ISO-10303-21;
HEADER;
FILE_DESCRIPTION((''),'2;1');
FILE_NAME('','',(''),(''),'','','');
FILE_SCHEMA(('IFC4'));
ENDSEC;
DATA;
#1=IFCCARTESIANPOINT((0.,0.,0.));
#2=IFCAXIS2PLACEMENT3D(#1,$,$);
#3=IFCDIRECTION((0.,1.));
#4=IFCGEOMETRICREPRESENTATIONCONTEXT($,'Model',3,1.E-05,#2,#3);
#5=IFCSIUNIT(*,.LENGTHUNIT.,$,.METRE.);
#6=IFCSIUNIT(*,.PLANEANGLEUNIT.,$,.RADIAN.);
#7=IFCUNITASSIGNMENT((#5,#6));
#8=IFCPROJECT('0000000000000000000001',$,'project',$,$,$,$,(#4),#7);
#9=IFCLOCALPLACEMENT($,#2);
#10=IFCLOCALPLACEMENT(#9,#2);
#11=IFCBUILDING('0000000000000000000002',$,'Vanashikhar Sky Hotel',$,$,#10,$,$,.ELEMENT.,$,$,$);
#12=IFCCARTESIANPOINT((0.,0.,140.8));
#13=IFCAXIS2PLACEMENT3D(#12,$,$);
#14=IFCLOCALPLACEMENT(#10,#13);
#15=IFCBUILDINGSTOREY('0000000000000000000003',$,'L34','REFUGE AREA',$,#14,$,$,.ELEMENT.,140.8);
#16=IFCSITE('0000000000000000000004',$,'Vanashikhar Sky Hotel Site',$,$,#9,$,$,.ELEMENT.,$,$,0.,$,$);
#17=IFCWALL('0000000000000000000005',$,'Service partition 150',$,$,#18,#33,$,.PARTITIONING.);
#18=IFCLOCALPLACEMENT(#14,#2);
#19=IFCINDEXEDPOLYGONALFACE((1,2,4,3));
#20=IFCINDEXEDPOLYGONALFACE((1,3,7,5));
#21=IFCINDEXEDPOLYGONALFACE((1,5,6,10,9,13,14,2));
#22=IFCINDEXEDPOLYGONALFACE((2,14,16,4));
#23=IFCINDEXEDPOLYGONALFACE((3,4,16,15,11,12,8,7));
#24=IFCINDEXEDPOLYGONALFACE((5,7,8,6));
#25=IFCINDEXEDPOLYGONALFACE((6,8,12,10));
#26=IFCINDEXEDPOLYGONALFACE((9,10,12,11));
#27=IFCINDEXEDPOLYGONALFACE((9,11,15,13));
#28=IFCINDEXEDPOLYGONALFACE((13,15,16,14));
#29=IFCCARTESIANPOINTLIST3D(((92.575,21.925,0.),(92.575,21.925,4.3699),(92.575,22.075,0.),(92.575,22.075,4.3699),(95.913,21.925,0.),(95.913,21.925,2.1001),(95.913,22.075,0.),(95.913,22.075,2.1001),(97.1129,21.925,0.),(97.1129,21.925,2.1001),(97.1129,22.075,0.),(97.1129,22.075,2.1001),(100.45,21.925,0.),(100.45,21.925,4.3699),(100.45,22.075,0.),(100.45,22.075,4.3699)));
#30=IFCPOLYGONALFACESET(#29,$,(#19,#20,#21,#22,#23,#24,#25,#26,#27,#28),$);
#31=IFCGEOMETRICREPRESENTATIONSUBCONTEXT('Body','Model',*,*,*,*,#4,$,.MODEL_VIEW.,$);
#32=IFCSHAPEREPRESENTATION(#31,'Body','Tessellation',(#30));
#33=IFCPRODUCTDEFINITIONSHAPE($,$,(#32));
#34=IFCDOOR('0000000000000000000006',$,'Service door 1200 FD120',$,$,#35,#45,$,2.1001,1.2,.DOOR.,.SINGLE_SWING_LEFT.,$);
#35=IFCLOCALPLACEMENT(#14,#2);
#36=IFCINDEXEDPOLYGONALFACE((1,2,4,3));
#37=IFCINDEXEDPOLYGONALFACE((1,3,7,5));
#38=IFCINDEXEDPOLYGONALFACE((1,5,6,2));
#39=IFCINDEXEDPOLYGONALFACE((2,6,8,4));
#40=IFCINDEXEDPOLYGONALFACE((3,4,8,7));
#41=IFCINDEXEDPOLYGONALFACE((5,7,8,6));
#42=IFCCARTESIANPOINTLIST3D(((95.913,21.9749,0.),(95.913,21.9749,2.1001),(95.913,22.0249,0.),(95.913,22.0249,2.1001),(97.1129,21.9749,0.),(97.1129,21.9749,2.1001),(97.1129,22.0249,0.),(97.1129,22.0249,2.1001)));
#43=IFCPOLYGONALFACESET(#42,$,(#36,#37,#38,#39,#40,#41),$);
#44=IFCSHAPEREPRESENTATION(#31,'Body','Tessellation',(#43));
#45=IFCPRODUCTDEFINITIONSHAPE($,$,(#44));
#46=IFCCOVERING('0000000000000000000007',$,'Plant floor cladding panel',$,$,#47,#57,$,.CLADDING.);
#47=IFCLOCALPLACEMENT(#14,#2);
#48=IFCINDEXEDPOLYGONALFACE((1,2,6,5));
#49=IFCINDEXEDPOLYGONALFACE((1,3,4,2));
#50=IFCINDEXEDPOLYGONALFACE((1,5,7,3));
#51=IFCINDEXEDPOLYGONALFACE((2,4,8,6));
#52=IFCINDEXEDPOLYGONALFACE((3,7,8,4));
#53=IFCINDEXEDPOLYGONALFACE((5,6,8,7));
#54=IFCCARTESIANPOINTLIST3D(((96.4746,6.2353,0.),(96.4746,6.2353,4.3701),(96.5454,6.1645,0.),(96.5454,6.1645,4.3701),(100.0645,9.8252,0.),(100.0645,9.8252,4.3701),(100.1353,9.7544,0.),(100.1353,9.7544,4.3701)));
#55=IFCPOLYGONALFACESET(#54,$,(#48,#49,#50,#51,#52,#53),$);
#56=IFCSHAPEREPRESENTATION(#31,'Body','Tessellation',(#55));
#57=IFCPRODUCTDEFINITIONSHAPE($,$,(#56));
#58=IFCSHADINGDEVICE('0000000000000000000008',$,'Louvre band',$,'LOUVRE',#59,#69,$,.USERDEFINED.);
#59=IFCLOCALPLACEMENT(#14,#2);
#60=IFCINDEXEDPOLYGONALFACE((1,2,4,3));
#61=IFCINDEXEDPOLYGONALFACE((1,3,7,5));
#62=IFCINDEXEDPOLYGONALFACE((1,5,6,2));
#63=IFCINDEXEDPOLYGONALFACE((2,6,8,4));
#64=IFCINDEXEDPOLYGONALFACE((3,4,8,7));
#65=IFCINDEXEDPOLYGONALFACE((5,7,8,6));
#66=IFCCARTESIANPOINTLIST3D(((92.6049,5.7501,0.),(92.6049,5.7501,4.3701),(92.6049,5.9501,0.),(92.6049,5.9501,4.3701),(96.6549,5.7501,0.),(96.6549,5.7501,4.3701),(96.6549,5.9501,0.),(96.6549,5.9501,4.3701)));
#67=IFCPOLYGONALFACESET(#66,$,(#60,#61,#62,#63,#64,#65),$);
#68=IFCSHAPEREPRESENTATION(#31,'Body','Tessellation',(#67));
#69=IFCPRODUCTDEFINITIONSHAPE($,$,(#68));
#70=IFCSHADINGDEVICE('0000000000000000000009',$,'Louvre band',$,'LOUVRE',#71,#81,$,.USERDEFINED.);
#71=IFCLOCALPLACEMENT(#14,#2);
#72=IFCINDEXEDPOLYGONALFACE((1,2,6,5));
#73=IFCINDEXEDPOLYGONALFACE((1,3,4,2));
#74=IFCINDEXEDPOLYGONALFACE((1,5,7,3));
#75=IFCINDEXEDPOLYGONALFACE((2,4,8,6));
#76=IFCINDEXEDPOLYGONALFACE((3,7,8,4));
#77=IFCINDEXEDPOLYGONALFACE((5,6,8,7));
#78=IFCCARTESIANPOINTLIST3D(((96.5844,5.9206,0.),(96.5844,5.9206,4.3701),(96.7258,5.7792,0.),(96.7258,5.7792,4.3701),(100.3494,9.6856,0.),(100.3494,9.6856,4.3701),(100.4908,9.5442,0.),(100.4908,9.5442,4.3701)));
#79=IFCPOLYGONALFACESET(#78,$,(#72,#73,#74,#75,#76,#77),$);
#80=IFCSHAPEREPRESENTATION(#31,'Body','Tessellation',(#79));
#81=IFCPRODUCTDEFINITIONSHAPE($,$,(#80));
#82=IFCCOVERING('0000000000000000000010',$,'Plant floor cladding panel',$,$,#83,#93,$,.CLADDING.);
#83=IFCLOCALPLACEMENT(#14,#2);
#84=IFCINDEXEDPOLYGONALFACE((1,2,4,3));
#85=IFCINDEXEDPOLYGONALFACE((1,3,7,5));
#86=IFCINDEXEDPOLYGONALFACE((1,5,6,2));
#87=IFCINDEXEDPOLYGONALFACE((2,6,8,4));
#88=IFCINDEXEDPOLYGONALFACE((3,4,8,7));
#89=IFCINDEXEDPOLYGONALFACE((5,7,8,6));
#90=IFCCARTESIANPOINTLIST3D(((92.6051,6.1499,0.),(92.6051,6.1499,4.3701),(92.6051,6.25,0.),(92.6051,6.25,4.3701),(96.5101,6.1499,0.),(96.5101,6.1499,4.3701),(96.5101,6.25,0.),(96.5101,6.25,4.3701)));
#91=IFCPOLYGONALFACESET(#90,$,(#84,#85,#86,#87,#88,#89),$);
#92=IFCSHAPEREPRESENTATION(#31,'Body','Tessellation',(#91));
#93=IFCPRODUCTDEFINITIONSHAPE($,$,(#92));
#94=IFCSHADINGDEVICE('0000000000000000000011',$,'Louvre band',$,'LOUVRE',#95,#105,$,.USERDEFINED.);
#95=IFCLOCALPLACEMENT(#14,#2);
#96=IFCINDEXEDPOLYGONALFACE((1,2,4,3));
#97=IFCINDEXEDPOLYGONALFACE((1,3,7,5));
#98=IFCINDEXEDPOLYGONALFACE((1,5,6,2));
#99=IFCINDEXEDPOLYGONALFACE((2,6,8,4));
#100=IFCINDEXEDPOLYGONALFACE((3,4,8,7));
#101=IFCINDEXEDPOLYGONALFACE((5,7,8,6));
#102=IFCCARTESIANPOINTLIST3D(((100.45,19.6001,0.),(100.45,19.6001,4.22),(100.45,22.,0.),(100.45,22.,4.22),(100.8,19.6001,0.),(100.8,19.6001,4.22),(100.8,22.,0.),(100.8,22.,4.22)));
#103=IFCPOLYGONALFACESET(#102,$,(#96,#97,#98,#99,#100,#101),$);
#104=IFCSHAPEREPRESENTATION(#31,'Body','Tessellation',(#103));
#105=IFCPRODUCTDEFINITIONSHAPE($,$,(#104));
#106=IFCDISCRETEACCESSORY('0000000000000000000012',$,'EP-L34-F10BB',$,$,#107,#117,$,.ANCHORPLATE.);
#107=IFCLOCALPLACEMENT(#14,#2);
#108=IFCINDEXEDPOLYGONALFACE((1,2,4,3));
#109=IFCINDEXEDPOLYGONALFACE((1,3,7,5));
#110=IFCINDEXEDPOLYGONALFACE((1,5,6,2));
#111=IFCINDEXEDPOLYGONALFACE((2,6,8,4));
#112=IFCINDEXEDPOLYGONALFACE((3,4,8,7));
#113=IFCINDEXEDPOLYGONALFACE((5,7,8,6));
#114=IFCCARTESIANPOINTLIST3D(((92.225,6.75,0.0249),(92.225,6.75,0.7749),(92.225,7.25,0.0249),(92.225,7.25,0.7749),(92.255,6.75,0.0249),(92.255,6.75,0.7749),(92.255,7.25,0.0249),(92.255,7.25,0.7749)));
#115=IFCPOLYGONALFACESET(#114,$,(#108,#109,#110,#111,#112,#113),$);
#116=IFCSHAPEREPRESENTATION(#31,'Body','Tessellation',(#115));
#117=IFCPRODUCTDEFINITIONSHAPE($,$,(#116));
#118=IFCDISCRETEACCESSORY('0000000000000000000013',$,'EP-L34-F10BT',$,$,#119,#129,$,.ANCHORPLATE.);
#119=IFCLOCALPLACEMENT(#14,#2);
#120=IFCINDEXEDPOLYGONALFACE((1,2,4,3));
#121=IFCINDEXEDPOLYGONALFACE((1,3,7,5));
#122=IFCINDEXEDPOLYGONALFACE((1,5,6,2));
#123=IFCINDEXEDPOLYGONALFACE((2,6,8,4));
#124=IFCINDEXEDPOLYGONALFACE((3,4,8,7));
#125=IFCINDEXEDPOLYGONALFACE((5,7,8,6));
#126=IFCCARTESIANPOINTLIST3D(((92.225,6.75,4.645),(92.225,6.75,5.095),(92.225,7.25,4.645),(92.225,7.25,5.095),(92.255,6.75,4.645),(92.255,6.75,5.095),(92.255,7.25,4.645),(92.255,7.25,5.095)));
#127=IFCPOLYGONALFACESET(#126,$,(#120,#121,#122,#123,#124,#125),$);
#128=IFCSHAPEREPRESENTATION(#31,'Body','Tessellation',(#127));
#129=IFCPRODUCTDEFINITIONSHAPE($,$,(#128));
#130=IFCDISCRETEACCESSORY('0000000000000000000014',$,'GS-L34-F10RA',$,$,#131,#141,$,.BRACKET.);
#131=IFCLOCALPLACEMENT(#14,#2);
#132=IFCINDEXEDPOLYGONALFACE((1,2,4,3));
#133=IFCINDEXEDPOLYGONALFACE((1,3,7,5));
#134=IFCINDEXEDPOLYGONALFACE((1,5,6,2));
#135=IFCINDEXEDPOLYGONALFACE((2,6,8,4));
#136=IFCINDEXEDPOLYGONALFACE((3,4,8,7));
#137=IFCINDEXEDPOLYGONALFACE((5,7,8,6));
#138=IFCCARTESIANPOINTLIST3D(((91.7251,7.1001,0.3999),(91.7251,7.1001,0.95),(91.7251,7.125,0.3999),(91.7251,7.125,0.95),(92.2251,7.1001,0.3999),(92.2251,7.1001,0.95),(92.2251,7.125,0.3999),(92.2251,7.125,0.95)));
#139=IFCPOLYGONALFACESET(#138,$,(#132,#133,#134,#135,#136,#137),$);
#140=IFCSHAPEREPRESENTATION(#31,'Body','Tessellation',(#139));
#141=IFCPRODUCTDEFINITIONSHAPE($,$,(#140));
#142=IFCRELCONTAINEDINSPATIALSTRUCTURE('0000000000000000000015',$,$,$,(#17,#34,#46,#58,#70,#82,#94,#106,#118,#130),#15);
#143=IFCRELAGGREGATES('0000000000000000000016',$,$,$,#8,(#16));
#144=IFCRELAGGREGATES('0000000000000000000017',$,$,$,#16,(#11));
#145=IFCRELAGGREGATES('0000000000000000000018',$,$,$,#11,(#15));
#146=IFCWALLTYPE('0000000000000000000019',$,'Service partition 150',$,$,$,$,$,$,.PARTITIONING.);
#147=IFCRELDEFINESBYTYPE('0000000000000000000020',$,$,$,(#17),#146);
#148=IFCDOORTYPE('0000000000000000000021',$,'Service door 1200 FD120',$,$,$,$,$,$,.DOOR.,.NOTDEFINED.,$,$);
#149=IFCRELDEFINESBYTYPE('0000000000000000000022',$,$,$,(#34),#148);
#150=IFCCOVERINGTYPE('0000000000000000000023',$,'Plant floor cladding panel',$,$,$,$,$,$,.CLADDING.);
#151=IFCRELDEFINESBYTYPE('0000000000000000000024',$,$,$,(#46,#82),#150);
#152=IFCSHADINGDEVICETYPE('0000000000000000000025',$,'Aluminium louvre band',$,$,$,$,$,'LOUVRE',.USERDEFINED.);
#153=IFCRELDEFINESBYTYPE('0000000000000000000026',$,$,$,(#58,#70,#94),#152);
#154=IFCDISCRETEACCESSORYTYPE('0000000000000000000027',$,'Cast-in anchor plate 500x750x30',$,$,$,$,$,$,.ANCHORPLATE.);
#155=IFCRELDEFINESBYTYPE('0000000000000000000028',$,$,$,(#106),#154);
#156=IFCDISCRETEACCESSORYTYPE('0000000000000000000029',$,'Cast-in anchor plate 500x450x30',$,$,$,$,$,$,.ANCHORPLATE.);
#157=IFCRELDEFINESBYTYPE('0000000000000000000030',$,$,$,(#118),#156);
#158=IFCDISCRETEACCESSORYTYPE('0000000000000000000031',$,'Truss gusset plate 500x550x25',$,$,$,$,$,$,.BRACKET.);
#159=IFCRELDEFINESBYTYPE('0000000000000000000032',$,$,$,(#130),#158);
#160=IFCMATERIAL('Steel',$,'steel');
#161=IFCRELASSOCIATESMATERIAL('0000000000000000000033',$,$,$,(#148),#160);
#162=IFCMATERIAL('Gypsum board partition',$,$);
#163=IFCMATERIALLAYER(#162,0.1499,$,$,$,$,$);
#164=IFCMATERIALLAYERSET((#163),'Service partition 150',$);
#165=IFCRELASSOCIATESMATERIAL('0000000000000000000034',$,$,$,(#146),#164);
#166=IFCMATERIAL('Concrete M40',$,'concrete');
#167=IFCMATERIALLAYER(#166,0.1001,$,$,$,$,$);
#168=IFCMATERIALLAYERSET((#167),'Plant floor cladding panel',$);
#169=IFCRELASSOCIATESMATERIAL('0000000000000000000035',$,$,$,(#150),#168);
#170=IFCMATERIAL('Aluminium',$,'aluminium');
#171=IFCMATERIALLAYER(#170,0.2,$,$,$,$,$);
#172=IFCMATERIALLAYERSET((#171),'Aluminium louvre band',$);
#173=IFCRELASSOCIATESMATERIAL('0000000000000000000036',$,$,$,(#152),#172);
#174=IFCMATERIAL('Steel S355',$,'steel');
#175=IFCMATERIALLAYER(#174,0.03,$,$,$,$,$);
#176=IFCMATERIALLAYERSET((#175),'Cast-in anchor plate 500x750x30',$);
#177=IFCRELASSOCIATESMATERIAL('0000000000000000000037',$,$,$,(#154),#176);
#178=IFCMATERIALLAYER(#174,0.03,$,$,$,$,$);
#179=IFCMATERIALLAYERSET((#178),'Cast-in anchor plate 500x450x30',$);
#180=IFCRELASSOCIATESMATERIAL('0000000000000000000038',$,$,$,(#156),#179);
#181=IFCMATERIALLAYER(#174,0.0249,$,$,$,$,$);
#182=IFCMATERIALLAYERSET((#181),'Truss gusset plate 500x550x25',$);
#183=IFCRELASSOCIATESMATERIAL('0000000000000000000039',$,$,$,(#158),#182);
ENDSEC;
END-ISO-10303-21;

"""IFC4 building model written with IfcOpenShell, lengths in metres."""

from ifc_helpers import new_model, si_unit, direction, frame, frame_2d, origin, origin_2d, place, context, subcontext, project, spatial, rectangle, extrude, source, transform, mapped, material, layer, layer_set, type_object, element, fill, save


model = new_model("IFC4")

# Units and contexts
model_context = context("Model", 3, precision=1e-05, world=origin(), true_north=direction((0.0, 1.0)))
body_context = subcontext(model_context, "Body", "Model", "MODEL_VIEW")
ifc_project = project(units=[si_unit("LENGTHUNIT", "METRE"), si_unit("PLANEANGLEUNIT", "RADIAN")], contexts=[model_context])

# Site, building, storey
site_placement = place(None, origin())
site = spatial("IfcSite", under=ifc_project, at=site_placement, Name="Vanashikhar Sky Hotel Site", CompositionType="ELEMENT", RefElevation=0.0)
building_placement = place(site_placement, origin())
building = spatial("IfcBuilding", under=site, at=building_placement, Name="Vanashikhar Sky Hotel", CompositionType="ELEMENT")
storey_placement = place(building_placement, frame((0.0, 0.0, 140.8)))
storey = spatial("IfcBuildingStorey", under=building, at=storey_placement, Name="L34", Description="REFUGE AREA", CompositionType="ELEMENT", Elevation=140.8)

# Shared definitions
ifc_material_1 = material(Name="Steel S355", Category="steel")

# Wall, opening, door
ifc_material_2 = material(Name="Steel", Category="steel")
door_type_1 = type_object("IfcDoorType", Name="Service door 1200 FD120", OperationType="NOTDEFINED", PredefinedType="DOOR", material=ifc_material_2)
shared_shape_1 = source(origin(), body_context, "Body", "SweptSolid", [
    extrude(rectangle(XDim=1.2, YDim=2.1001, at=frame_2d((0.6001, 1.05))), frame((0.0, 0.0249, 0.0), z_axis=(0.0, -1.0, 0.0), x_axis=(1.0, 0.0, 0.0)), (0.0, 0.0, 1.0), 0.05),
])
ifc_material_3 = material(Name="Gypsum board partition")
ifc_layer_1 = layer(ifc_material_3, 0.1499)
ifc_layer_set_1 = layer_set([ifc_layer_1], Name="Service partition 150")
wall_type_1 = type_object("IfcWallType", Name="Service partition 150", PredefinedType="PARTITIONING", material=ifc_layer_set_1)
shared_shape_2 = source(origin(), body_context, "Body", "SweptSolid", [
    extrude(rectangle(XDim=7.875, YDim=0.1499, at=frame_2d((3.9375, 0.0))), origin(), (0.0, 0.0, 1.0), 4.3699),
])
wall_1_placement = place(storey_placement, frame((92.575, 22.0, 0.0), z_axis=(0.0, 0.0, 1.0), x_axis=(1.0, 0.0, 0.0)))
wall_1 = element("IfcWall", 1, at=wall_1_placement, inside=storey, type_object=wall_type_1, Name="Service partition 150", PredefinedType="PARTITIONING", context=body_context, shape_type="MappedRepresentation", body=[
    mapped(shared_shape_2, transform((0.0, 0.0, 0.0), scale=1.0)),
])
shared_shape_3 = source(origin(), body_context, "Body", "SweptSolid", [
    extrude(rectangle(XDim=1.2, YDim=2.1001, at=frame_2d((0.6001, 1.05))), frame((0.0, 0.085, 0.0), z_axis=(0.0, -1.0, 0.0), x_axis=(1.0, 0.0, 0.0)), (0.0, 0.0, 1.0), 0.1699),
])
opening_1_placement = place(wall_1_placement, frame((3.3379, 0.0, 0.0)))
opening_1 = element("IfcOpeningElement", 2, at=opening_1_placement, cuts=wall_1, PredefinedType="OPENING", context=body_context, shape_type="MappedRepresentation", body=[
    mapped(shared_shape_3, transform((0.0, 0.0, 0.0), scale=1.0)),
])
door_1_placement = place(opening_1_placement, origin())
door_1 = element("IfcDoor", 3, at=door_1_placement, inside=storey, type_object=door_type_1, Name="Service door 1200 FD120", OperationType="SINGLE_SWING_LEFT", OverallHeight=2.1001, OverallWidth=1.2, PredefinedType="DOOR", context=body_context, shape_type="MappedRepresentation", body=[
    mapped(shared_shape_1, transform((0.0, 0.0, 0.0), scale=1.0)),
])
fill(opening_1, door_1)

# Covering
ifc_material_4 = material(Name="Concrete M40", Category="concrete")
ifc_layer_2 = layer(ifc_material_4, 0.1001)
ifc_layer_set_2 = layer_set([ifc_layer_2], Name="Plant floor cladding panel")
covering_type = type_object("IfcCoveringType", Name="Plant floor cladding panel", PredefinedType="CLADDING", material=ifc_layer_set_2)
shared_shape_4 = source(origin(), body_context, "Body", "SweptSolid", [
    extrude(rectangle(XDim=5.0769, YDim=0.1001, at=origin_2d()), origin(), (0.0, 0.0, 1.0), 4.3701),
])
covering_1_placement = place(storey_placement, frame((98.3049, 7.9949, 0.0), z_axis=(0.0, 0.0, 1.0), x_axis=(0.707107, 0.707107, 0.0)))
element("IfcCovering", 4, at=covering_1_placement, inside=storey, type_object=covering_type, Name="Plant floor cladding panel", PredefinedType="CLADDING", context=body_context, shape_type="MappedRepresentation", body=[
    mapped(shared_shape_4, transform((0.0, 0.0, 0.0), scale=1.0)),
])

# Shading devices
ifc_material_5 = material(Name="Aluminium", Category="aluminium")
ifc_layer_3 = layer(ifc_material_5, 0.2)
ifc_layer_set_3 = layer_set([ifc_layer_3], Name="Aluminium louvre band")
shading_device_type = type_object("IfcShadingDeviceType", Name="Aluminium louvre band", ElementType="LOUVRE", PredefinedType="USERDEFINED", material=ifc_layer_set_3)
shared_shape_5 = source(origin(), body_context, "Body", "SweptSolid", [
    extrude(rectangle(XDim=4.05, YDim=0.2, at=origin_2d()), origin(), (0.0, 0.0, 1.0), 4.3701),
])
shading_device_1_placement = place(storey_placement, frame((94.6299, 5.8501, 0.0), z_axis=(0.0, 0.0, 1.0), x_axis=(1.0, 0.0, 0.0)))
element("IfcShadingDevice", 5, at=shading_device_1_placement, inside=storey, type_object=shading_device_type, Name="Louvre band", ObjectType="LOUVRE", PredefinedType="USERDEFINED", context=body_context, shape_type="MappedRepresentation", body=[
    mapped(shared_shape_5, transform((0.0, 0.0, 0.0), scale=1.0)),
])
shared_shape_6 = source(origin(), body_context, "Body", "SweptSolid", [
    extrude(rectangle(XDim=5.3245, YDim=0.2, at=origin_2d()), origin(), (0.0, 0.0, 1.0), 4.3701),
])
shading_device_2_placement = place(storey_placement, frame((98.5376, 7.7324, 0.0), z_axis=(0.0, 0.0, 1.0), x_axis=(0.707107, 0.707107, 0.0)))
element("IfcShadingDevice", 6, at=shading_device_2_placement, inside=storey, type_object=shading_device_type, Name="Louvre band", ObjectType="LOUVRE", PredefinedType="USERDEFINED", context=body_context, shape_type="MappedRepresentation", body=[
    mapped(shared_shape_6, transform((0.0, 0.0, 0.0), scale=1.0)),
])

# Covering
shared_shape_7 = source(origin(), body_context, "Body", "SweptSolid", [
    extrude(rectangle(XDim=3.905, YDim=0.1001, at=origin_2d()), origin(), (0.0, 0.0, 1.0), 4.3701),
])
covering_2_placement = place(storey_placement, frame((94.5576, 6.2, 0.0), z_axis=(0.0, 0.0, 1.0), x_axis=(1.0, 0.0, 0.0)))
element("IfcCovering", 7, at=covering_2_placement, inside=storey, type_object=covering_type, Name="Plant floor cladding panel", PredefinedType="CLADDING", context=body_context, shape_type="MappedRepresentation", body=[
    mapped(shared_shape_7, transform((0.0, 0.0, 0.0), scale=1.0)),
])

# Shading device
shared_shape_8 = source(origin(), body_context, "Body", "SweptSolid", [
    extrude(rectangle(XDim=0.3501, YDim=2.3999, at=origin_2d()), origin(), (0.0, 0.0, 1.0), 4.22),
])
shading_device_3_placement = place(storey_placement, frame((100.625, 20.8, 0.0), z_axis=(0.0, 0.0, 1.0), x_axis=(1.0, 0.0, 0.0)))
element("IfcShadingDevice", 8, at=shading_device_3_placement, inside=storey, type_object=shading_device_type, Name="Louvre band", ObjectType="LOUVRE", PredefinedType="USERDEFINED", context=body_context, shape_type="MappedRepresentation", body=[
    mapped(shared_shape_8, transform((0.0, 0.0, 0.0), scale=1.0)),
])

# Discrete accessories
ifc_layer_4 = layer(ifc_material_1, 0.03)
ifc_layer_set_4 = layer_set([ifc_layer_4], Name="Cast-in anchor plate 500x750x30")
discrete_accessory_type_1 = type_object("IfcDiscreteAccessoryType", Name="Cast-in anchor plate 500x750x30", PredefinedType="ANCHORPLATE", material=ifc_layer_set_4)
shared_shape_9 = source(origin(), body_context, "Body", "SweptSolid", [
    extrude(rectangle(XDim=0.03, YDim=0.5, at=origin_2d()), origin(), (0.0, 0.0, 1.0), 0.75),
])
discrete_accessory_1_placement = place(storey_placement, frame((92.24, 7.0, 0.0249), z_axis=(0.0, 0.0, 1.0), x_axis=(1.0, 0.0, 0.0)))
element("IfcDiscreteAccessory", 9, at=discrete_accessory_1_placement, inside=storey, type_object=discrete_accessory_type_1, Name="EP-L34-F10BB", PredefinedType="ANCHORPLATE", context=body_context, shape_type="MappedRepresentation", body=[
    mapped(shared_shape_9, transform((0.0, 0.0, 0.0), scale=1.0)),
])
ifc_layer_5 = layer(ifc_material_1, 0.03)
ifc_layer_set_5 = layer_set([ifc_layer_5], Name="Cast-in anchor plate 500x450x30")
discrete_accessory_type_2 = type_object("IfcDiscreteAccessoryType", Name="Cast-in anchor plate 500x450x30", PredefinedType="ANCHORPLATE", material=ifc_layer_set_5)
shared_shape_10 = source(origin(), body_context, "Body", "SweptSolid", [
    extrude(rectangle(XDim=0.03, YDim=0.5, at=origin_2d()), origin(), (0.0, 0.0, 1.0), 0.45),
])
discrete_accessory_2_placement = place(storey_placement, frame((92.24, 7.0, 4.645), z_axis=(0.0, 0.0, 1.0), x_axis=(1.0, 0.0, 0.0)))
element("IfcDiscreteAccessory", 10, at=discrete_accessory_2_placement, inside=storey, type_object=discrete_accessory_type_2, Name="EP-L34-F10BT", PredefinedType="ANCHORPLATE", context=body_context, shape_type="MappedRepresentation", body=[
    mapped(shared_shape_10, transform((0.0, 0.0, 0.0), scale=1.0)),
])
ifc_layer_6 = layer(ifc_material_1, 0.0249)
ifc_layer_set_6 = layer_set([ifc_layer_6], Name="Truss gusset plate 500x550x25")
discrete_accessory_type_3 = type_object("IfcDiscreteAccessoryType", Name="Truss gusset plate 500x550x25", PredefinedType="BRACKET", material=ifc_layer_set_6)
shared_shape_11 = source(origin(), body_context, "Body", "SweptSolid", [
    extrude(rectangle(XDim=0.5, YDim=0.0249, at=origin_2d()), origin(), (0.0, 0.0, 1.0), 0.55),
])
discrete_accessory_3_placement = place(storey_placement, frame((91.9751, 7.1125, 0.3999), z_axis=(0.0, 0.0, 1.0), x_axis=(1.0, 0.0, 0.0)))
element("IfcDiscreteAccessory", 11, at=discrete_accessory_3_placement, inside=storey, type_object=discrete_accessory_type_3, Name="GS-L34-F10RA", PredefinedType="BRACKET", context=body_context, shape_type="MappedRepresentation", body=[
    mapped(shared_shape_11, transform((0.0, 0.0, 0.0), scale=1.0)),
])

save(model, "model.ifc")
